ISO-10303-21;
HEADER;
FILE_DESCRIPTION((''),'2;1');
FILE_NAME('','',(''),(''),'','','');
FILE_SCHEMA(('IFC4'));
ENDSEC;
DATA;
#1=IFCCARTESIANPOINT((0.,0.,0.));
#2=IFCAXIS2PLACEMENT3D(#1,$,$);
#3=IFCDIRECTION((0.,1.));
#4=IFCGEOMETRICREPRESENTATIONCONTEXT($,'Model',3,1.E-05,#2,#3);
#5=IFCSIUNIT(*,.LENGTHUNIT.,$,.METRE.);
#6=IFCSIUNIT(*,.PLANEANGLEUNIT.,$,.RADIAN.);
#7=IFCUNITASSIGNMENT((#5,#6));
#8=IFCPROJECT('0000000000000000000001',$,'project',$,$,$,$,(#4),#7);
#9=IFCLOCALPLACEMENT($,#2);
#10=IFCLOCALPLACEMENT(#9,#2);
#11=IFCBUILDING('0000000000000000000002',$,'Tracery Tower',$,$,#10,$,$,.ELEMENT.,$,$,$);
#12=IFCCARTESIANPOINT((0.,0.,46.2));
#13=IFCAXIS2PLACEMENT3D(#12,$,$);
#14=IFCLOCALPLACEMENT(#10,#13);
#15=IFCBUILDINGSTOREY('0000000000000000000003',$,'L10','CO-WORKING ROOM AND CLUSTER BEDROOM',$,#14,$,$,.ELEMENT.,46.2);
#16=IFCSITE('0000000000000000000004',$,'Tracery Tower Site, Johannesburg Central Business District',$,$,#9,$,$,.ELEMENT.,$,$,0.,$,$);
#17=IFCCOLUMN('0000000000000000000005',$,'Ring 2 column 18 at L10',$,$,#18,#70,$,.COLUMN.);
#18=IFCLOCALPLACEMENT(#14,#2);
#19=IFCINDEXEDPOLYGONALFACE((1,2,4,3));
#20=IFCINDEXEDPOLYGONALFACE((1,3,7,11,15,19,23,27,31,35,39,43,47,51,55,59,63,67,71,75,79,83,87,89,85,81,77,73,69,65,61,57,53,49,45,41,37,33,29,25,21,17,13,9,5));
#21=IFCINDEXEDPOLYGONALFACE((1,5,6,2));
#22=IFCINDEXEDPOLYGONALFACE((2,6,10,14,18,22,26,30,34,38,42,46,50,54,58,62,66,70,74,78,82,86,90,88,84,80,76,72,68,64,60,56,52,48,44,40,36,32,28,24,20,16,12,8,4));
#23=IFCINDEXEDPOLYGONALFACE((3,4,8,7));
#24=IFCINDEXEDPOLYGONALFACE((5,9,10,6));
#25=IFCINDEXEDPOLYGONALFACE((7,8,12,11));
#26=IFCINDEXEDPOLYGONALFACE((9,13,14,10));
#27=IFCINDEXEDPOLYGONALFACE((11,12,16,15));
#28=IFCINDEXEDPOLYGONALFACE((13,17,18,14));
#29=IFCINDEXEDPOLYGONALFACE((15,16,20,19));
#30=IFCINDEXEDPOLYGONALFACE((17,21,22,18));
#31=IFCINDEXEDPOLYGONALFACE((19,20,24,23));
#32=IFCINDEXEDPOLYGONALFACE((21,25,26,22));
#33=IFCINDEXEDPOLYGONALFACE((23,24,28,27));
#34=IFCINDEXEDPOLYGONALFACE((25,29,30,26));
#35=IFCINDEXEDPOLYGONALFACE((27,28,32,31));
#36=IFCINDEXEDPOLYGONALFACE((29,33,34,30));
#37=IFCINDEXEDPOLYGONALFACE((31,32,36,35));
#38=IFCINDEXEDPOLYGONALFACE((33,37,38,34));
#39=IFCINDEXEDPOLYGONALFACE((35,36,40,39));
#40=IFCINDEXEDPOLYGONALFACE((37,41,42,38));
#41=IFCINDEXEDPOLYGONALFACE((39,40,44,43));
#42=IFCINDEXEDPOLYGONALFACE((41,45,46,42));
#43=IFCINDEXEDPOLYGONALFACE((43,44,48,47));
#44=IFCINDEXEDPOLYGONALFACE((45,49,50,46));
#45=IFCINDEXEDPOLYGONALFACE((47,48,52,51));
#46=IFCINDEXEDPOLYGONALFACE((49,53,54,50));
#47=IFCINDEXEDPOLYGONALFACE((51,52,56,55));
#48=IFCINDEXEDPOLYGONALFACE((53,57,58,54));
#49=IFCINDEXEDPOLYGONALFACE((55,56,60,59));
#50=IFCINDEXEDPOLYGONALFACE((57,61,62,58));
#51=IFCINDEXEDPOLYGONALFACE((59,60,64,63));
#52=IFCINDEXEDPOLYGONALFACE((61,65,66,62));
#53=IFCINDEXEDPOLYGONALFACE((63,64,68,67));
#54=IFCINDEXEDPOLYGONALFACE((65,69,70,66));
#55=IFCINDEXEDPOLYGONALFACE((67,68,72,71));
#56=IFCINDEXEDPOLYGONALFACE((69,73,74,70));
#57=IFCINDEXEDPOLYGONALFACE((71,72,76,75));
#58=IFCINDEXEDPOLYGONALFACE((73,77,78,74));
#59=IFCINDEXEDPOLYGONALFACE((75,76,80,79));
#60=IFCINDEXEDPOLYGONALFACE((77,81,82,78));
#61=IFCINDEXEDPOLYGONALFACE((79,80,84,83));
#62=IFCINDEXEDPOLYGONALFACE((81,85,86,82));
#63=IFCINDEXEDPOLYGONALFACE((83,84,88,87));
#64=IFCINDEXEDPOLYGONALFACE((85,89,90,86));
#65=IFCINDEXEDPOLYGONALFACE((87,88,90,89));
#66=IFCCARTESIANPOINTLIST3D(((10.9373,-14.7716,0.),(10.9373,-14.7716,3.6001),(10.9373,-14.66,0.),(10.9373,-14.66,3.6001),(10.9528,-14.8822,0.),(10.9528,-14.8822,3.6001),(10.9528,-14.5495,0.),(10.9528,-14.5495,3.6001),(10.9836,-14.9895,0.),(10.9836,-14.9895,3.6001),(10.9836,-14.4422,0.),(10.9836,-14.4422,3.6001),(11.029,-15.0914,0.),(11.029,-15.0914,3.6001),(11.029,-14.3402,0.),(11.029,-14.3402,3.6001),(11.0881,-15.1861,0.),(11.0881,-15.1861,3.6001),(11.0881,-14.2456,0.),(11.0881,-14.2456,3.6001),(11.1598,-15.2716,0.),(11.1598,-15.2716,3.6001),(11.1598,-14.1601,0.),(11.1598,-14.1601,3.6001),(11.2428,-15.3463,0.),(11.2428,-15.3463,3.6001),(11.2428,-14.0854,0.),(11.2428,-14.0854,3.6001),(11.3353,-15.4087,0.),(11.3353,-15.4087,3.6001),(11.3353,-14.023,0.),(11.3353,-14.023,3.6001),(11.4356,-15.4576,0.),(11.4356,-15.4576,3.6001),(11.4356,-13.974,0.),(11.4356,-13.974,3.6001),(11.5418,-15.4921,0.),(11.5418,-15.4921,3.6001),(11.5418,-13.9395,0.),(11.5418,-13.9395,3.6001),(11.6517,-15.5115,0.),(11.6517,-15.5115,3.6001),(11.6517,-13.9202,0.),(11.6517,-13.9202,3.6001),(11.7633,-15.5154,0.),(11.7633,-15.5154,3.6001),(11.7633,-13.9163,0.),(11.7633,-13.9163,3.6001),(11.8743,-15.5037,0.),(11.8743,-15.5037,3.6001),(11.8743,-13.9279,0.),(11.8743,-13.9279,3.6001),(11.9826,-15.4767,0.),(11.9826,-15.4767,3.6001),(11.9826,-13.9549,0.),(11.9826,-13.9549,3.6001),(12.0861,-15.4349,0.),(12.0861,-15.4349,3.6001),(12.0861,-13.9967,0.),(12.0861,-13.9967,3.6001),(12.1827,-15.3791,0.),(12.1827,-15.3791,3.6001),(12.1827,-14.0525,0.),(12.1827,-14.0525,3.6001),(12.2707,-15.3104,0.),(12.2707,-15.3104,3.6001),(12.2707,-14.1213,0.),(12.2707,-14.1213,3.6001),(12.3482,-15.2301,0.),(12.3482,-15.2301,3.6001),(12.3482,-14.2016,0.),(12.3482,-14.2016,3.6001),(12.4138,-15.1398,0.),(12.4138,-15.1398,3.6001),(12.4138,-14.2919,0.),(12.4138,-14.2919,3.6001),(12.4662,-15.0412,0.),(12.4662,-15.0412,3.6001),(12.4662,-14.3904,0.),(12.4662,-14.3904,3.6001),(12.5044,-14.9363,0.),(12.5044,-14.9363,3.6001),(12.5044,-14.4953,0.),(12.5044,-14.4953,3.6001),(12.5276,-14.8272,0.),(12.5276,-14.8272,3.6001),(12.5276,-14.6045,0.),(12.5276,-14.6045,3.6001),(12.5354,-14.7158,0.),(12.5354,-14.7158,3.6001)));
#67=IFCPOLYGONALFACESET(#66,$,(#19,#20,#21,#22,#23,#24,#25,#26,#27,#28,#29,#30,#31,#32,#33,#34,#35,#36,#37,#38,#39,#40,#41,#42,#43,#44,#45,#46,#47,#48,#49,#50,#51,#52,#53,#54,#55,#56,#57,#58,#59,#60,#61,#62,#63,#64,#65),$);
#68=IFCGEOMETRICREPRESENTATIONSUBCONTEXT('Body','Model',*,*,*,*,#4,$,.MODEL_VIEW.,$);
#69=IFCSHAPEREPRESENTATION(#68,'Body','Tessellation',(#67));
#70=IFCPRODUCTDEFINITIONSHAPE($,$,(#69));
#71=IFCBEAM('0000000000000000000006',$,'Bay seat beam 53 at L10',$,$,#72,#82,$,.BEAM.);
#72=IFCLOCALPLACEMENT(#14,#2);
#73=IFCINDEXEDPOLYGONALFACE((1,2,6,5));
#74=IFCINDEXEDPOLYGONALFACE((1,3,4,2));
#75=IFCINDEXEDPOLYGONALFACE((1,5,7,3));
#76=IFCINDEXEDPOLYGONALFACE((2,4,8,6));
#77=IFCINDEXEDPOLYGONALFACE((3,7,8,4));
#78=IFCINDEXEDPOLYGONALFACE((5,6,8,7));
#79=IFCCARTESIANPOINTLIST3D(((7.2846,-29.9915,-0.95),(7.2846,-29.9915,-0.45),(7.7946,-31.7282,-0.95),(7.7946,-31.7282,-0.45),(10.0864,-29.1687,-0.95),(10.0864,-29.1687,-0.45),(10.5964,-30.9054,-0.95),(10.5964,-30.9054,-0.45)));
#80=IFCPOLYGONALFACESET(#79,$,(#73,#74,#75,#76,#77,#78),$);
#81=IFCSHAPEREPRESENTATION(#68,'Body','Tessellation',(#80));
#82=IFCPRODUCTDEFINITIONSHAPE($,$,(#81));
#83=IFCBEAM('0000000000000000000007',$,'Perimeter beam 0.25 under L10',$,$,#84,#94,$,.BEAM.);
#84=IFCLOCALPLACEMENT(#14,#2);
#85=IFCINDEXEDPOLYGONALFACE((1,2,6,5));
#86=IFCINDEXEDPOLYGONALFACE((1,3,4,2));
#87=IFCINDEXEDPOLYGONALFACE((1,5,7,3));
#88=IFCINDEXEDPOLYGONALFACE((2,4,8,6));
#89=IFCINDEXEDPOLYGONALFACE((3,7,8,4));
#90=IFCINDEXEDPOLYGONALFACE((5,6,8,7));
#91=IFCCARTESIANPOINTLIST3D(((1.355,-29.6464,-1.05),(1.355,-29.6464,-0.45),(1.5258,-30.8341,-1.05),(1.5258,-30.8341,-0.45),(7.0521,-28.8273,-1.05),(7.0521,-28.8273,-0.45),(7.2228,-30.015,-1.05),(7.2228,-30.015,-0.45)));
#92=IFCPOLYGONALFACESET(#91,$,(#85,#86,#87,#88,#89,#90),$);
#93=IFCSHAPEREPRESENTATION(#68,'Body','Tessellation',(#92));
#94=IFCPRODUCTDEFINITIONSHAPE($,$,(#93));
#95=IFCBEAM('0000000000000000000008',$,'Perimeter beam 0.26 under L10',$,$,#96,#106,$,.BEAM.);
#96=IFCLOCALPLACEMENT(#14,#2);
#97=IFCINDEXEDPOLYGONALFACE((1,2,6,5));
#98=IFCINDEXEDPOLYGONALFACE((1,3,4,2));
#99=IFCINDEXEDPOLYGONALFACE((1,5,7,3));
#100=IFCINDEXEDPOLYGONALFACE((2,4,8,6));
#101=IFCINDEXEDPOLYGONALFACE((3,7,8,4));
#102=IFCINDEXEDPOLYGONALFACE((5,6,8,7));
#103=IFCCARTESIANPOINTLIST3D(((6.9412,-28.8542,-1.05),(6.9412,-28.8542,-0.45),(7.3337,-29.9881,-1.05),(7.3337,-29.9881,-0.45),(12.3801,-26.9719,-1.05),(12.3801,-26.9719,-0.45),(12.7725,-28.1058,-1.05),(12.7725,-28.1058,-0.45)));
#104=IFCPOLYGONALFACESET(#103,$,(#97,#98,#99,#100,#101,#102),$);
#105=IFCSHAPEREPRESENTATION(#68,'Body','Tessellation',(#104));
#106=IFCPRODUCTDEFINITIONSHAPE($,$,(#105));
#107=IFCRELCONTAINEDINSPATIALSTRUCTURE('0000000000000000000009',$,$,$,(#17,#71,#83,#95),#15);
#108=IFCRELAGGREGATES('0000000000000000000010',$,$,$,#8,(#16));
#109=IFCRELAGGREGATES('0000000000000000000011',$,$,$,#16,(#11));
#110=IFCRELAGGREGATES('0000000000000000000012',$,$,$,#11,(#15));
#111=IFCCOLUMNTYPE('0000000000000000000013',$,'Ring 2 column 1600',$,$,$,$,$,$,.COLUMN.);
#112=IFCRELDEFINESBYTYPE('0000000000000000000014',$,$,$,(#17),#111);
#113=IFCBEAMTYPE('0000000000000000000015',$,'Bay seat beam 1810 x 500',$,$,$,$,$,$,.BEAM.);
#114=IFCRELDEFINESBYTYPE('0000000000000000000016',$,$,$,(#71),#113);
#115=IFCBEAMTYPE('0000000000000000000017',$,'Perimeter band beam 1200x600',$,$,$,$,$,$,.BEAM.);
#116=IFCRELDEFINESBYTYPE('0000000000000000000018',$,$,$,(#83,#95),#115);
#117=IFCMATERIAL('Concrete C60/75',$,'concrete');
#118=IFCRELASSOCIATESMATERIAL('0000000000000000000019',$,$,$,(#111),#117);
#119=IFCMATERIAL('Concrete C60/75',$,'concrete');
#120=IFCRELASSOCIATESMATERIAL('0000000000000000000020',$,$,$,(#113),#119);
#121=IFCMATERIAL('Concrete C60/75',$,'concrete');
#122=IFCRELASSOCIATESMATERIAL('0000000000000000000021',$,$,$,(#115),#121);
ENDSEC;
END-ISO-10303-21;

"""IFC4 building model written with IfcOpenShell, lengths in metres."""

from ifc_helpers import new_model, si_unit, direction, frame, origin, origin_2d, place, context, subcontext, project, spatial, rectangle, circle, extrude, material, material_profile, profile_set, type_object, element, save


model = new_model("IFC4")

# Units and contexts
model_context = context("Model", 3, precision=1e-05, world=origin(), true_north=direction((0.0, 1.0)))
body_context = subcontext(model_context, "Body", "Model", "MODEL_VIEW")
ifc_project = project(units=[si_unit("LENGTHUNIT", "METRE"), si_unit("PLANEANGLEUNIT", "RADIAN")], contexts=[model_context])

# Site, building, storey
site_placement = place(None, origin())
site = spatial("IfcSite", under=ifc_project, at=site_placement, Name="Tracery Tower Site, Johannesburg Central Business District", CompositionType="ELEMENT", RefElevation=0.0)
building_placement = place(site_placement, origin())
building = spatial("IfcBuilding", under=site, at=building_placement, Name="Tracery Tower", CompositionType="ELEMENT")
storey_placement = place(building_placement, frame((0.0, 0.0, 46.2)))
storey = spatial("IfcBuildingStorey", under=building, at=storey_placement, Name="L10", Description="CO-WORKING ROOM AND CLUSTER BEDROOM", CompositionType="ELEMENT", Elevation=46.2)

# Column
ifc_material_1 = material(Name="Concrete C60/75", Category="concrete")
ifc_material_profile_1 = material_profile(ifc_material_1, circle(Radius=0.8, at=origin_2d()), Name="RC D1600")
ifc_profile_set_1 = profile_set([ifc_material_profile_1], Name="Concrete C60/75")
column_type_1 = type_object("IfcColumnType", Name="Ring 2 column 1600", PredefinedType="COLUMN", material=ifc_profile_set_1)
for number, where, z_axis, x_axis, name in (
    (1, (11.7354, -14.7158, 0.0), (0.0, 0.0, 1.0), (1.0, 0.0, 0.0), "Ring 2 column 18 at L10"),
):
    element("IfcColumn", number, at=place(storey_placement, frame(where, z_axis=z_axis, x_axis=x_axis)), inside=storey, type_object=column_type_1, Name=name, PredefinedType="COLUMN", context=body_context, shape_type="SweptSolid", body=[
        extrude(circle(Radius=0.8, at=origin_2d()), origin(), (0.0, 0.0, 1.0), 3.6001),
    ])

# Beams
ifc_material_2 = material(Name="Concrete C60/75", Category="concrete")
ifc_material_profile_2 = material_profile(ifc_material_2, rectangle(XDim=1.8101, YDim=0.5, at=origin_2d()), Name="RC 1810x500")
ifc_profile_set_2 = profile_set([ifc_material_profile_2], Name="Concrete C60/75")
beam_type_1 = type_object("IfcBeamType", Name="Bay seat beam 1810 x 500", PredefinedType="BEAM", material=ifc_profile_set_2)
beam_1_placement = place(storey_placement, frame((7.5396, -30.8599, -0.7), z_axis=(0.959485, 0.281759, 0.0), x_axis=(-0.281759, 0.959485, 0.0)))
element("IfcBeam", 2, at=beam_1_placement, inside=storey, type_object=beam_type_1, Name="Bay seat beam 53 at L10", PredefinedType="BEAM", context=body_context, shape_type="SweptSolid", body=[
    extrude(rectangle(XDim=1.8101, YDim=0.5, at=origin_2d()), origin(), (0.0, 0.0, 1.0), 2.9202),
])
ifc_material_3 = material(Name="Concrete C60/75", Category="concrete")
ifc_material_profile_3 = material_profile(ifc_material_3, rectangle(XDim=1.2, YDim=0.6001, at=origin_2d()), Name="RC 1200x600")
ifc_profile_set_3 = profile_set([ifc_material_profile_3], Name="Concrete C60/75")
beam_type_2 = type_object("IfcBeamType", Name="Perimeter band beam 1200x600", PredefinedType="BEAM", material=ifc_profile_set_3)
beam_2_placement = place(storey_placement, frame((1.4404, -30.2402, -0.75), z_axis=(0.989822, 0.142312, 0.0), x_axis=(-0.142312, 0.989822, 0.0)))
element("IfcBeam", 3, at=beam_2_placement, inside=storey, type_object=beam_type_2, Name="Perimeter beam 0.25 under L10", PredefinedType="BEAM", context=body_context, shape_type="SweptSolid", body=[
    extrude(rectangle(XDim=1.2, YDim=0.6001, at=origin_2d()), origin(), (0.0, 0.0, 1.0), 5.7556),
])
beam_3_placement = place(storey_placement, frame((7.1375, -29.4211, -0.75), z_axis=(0.945007, 0.327049, 0.0), x_axis=(-0.327049, 0.945007, 0.0)))
element("IfcBeam", 4, at=beam_3_placement, inside=storey, type_object=beam_type_2, Name="Perimeter beam 0.26 under L10", PredefinedType="BEAM", context=body_context, shape_type="SweptSolid", body=[
    extrude(rectangle(XDim=1.2, YDim=0.6001, at=origin_2d()), origin(), (0.0, 0.0, 1.0), 5.7554),
])

save(model, "model.ifc")
